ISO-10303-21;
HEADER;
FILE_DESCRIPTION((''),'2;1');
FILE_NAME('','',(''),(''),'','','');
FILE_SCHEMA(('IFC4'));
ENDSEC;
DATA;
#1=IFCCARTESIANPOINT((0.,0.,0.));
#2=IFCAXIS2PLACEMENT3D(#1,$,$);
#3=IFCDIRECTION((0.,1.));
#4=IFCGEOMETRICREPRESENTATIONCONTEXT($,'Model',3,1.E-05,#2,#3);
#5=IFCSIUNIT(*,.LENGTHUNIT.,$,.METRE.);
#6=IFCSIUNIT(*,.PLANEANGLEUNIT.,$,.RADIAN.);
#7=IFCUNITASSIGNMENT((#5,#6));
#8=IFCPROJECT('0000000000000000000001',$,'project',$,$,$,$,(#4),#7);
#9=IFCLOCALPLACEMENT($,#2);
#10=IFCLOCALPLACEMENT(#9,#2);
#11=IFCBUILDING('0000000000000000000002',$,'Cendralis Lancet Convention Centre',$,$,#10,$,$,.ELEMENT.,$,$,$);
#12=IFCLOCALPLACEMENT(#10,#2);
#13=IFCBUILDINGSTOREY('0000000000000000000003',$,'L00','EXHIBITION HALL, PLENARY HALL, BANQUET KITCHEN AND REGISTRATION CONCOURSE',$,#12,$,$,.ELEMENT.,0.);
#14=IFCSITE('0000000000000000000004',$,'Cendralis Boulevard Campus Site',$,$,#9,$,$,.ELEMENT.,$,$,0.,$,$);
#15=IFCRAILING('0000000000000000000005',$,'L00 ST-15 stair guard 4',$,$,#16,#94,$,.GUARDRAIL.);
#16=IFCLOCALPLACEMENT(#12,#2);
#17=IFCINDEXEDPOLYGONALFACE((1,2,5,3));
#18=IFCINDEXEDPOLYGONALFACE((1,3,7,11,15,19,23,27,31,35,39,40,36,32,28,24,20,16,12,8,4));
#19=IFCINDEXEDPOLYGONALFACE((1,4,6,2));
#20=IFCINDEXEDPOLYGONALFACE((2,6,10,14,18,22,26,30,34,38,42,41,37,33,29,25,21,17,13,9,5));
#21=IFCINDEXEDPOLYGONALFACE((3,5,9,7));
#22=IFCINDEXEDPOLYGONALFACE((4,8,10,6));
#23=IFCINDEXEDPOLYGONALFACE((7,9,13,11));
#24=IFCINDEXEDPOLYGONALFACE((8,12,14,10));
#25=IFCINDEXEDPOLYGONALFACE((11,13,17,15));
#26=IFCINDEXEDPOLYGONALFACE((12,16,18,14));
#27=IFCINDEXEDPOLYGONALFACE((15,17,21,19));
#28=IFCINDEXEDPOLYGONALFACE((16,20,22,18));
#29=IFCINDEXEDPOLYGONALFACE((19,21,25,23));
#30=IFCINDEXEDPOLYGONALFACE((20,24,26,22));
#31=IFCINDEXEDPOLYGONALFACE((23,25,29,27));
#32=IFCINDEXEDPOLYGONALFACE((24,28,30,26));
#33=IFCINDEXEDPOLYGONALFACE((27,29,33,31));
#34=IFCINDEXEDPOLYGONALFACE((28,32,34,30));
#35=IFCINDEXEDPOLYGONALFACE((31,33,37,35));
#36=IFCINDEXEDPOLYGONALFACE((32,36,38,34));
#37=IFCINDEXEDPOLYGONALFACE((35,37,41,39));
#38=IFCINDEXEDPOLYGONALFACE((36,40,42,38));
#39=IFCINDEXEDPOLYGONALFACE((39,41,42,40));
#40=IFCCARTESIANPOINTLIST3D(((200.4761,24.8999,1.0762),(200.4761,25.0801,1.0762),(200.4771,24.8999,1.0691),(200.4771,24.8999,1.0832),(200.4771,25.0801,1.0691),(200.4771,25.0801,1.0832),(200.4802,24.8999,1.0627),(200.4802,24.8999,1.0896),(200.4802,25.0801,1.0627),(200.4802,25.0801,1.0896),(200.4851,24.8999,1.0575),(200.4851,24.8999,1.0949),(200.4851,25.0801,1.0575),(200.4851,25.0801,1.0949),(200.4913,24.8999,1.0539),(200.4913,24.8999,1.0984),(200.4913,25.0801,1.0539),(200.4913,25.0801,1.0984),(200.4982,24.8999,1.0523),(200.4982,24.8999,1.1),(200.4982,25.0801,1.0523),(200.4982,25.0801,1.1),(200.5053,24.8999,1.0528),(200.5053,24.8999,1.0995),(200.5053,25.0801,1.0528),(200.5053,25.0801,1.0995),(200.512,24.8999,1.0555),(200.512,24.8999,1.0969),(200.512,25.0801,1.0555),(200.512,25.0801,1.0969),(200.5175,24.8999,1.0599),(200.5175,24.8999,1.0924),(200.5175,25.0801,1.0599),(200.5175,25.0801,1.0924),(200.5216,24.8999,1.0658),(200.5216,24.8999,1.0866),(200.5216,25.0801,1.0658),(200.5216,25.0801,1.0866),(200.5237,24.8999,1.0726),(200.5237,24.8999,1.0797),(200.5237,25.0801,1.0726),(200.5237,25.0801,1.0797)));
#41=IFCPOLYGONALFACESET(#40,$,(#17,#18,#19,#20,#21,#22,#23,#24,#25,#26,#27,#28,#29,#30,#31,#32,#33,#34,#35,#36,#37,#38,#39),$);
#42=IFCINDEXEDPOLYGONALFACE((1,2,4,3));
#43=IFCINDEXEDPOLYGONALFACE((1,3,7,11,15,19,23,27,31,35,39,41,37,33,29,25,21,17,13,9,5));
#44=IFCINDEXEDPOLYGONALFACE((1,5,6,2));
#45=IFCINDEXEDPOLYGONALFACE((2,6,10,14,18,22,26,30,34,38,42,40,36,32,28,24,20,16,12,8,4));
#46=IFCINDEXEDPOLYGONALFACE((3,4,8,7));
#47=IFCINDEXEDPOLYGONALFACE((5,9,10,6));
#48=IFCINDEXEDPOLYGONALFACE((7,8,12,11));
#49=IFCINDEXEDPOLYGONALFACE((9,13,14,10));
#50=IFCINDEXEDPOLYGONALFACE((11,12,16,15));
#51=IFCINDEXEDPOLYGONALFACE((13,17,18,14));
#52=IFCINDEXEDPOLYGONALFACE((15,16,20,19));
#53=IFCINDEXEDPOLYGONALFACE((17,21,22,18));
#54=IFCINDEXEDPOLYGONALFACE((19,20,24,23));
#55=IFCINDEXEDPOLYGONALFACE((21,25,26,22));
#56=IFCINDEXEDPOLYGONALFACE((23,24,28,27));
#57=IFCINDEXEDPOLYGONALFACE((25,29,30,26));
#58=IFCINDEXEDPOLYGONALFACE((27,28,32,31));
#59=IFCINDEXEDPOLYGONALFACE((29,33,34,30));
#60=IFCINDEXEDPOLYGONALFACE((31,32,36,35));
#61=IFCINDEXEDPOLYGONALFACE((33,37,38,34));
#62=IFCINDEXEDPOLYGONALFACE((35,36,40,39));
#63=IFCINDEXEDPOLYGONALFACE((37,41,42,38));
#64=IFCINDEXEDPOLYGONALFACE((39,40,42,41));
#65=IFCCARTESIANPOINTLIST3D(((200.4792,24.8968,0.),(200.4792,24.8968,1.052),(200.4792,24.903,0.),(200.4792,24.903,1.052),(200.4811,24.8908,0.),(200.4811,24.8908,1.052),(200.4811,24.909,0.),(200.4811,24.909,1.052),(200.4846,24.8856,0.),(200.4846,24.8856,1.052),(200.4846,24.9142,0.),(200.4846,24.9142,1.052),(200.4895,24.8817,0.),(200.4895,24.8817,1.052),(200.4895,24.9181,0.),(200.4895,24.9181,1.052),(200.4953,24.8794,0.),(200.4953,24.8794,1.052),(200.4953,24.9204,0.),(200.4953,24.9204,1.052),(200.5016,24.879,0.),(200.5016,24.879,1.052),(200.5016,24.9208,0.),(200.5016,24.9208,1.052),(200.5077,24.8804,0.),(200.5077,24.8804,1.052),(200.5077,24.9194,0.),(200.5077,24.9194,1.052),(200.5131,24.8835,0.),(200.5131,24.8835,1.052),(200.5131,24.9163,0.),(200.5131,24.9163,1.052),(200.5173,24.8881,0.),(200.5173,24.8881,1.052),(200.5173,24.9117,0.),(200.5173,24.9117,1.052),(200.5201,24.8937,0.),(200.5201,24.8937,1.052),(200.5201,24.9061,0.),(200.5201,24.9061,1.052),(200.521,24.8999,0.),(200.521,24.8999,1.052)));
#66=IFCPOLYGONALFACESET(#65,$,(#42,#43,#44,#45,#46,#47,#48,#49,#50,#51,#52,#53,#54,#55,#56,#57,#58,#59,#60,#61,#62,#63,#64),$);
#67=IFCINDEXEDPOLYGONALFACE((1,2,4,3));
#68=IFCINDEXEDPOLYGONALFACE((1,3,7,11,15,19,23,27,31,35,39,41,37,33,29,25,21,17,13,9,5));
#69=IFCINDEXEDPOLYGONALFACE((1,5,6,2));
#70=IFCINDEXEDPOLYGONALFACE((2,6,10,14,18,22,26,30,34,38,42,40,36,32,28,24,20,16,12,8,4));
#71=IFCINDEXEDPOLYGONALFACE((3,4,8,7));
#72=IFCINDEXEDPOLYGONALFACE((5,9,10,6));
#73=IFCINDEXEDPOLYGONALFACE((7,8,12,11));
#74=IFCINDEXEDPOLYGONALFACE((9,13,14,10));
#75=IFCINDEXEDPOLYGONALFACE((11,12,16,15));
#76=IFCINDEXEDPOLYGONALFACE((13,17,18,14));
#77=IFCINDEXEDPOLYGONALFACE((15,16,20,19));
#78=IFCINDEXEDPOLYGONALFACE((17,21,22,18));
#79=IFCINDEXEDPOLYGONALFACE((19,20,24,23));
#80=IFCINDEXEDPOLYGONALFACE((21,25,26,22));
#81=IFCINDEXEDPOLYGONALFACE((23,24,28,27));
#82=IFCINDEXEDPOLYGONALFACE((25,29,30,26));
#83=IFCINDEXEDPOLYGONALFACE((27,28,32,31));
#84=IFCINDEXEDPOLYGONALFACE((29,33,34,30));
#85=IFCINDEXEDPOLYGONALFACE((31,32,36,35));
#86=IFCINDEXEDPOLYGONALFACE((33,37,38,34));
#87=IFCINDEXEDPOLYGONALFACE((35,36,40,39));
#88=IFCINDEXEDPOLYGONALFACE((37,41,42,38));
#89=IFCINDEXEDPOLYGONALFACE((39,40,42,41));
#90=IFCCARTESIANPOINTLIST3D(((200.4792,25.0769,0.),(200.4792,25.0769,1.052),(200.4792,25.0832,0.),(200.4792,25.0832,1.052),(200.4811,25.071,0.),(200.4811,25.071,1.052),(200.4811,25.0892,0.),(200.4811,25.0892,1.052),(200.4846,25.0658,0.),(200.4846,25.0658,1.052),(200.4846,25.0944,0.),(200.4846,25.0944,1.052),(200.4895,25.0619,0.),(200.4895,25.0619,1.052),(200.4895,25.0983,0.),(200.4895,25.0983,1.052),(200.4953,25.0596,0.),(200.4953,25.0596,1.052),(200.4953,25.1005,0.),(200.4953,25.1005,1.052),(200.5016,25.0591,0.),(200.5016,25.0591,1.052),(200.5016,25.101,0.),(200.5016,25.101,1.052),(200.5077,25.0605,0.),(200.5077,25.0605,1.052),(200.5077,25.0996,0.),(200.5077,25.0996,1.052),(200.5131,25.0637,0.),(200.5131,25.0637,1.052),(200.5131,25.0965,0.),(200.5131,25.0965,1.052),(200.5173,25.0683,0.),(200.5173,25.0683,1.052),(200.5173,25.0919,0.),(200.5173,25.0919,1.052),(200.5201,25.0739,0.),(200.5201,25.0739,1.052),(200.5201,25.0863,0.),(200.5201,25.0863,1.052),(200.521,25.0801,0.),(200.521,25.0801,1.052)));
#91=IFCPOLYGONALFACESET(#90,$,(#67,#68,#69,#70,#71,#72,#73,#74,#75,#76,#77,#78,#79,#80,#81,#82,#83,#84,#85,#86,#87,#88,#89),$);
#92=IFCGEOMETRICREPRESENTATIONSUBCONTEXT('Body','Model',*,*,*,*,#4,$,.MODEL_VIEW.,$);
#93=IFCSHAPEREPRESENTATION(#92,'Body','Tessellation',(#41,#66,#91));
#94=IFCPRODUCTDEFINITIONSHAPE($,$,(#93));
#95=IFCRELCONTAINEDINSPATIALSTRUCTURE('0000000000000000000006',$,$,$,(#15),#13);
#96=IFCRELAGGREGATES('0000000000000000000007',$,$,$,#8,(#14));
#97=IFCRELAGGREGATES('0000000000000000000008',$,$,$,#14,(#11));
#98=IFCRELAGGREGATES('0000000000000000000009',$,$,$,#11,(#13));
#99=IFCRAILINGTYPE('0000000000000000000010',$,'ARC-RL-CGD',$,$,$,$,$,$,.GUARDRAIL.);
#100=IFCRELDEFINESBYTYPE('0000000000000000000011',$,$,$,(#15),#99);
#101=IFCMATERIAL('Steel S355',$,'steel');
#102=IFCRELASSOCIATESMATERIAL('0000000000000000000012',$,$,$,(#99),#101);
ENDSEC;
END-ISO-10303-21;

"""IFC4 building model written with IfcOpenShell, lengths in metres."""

from ifc_helpers import new_model, si_unit, direction, frame, origin, origin_2d, place, context, subcontext, project, spatial, circle, extrude, material, type_object, element, save


model = new_model("IFC4")

# Units and contexts
model_context = context("Model", 3, precision=1e-05, world=origin(), true_north=direction((0.0, 1.0)))
body_context = subcontext(model_context, "Body", "Model", "MODEL_VIEW")
ifc_project = project(units=[si_unit("LENGTHUNIT", "METRE"), si_unit("PLANEANGLEUNIT", "RADIAN")], contexts=[model_context])

# Site, building, storey
site_placement = place(None, origin())
site = spatial("IfcSite", under=ifc_project, at=site_placement, Name="Cendralis Boulevard Campus Site", CompositionType="ELEMENT", RefElevation=0.0)
building_placement = place(site_placement, origin())
building = spatial("IfcBuilding", under=site, at=building_placement, Name="Cendralis Lancet Convention Centre", CompositionType="ELEMENT")
storey_placement = place(building_placement, origin())
storey = spatial("IfcBuildingStorey", under=building, at=storey_placement, Name="L00", Description="EXHIBITION HALL, PLENARY HALL, BANQUET KITCHEN AND REGISTRATION CONCOURSE", CompositionType="ELEMENT", Elevation=0.0)

# Shared definitions
ifc_material_1 = material(Name="Steel S355", Category="steel")

# Railing
railing_type_1 = type_object("IfcRailingType", Name="ARC-RL-CGD", PredefinedType="GUARDRAIL", material=ifc_material_1)
railing_1_placement = place(storey_placement, frame((200.5, 24.8999, 0.0)))
element("IfcRailing", 1, at=railing_1_placement, inside=storey, type_object=railing_type_1, Name="L00 ST-15 stair guard 4", PredefinedType="GUARDRAIL", context=body_context, shape_type="SweptSolid", body=[
    extrude(circle(Radius=0.0239, at=origin_2d()), frame((0.0, 0.0, 1.0762), z_axis=(0.0, 1.0, 0.0), x_axis=(-1.0, 0.0, 0.0)), (0.0, 0.0, 1.0), 0.1802),
    extrude(circle(Radius=0.021, at=origin_2d()), origin(), (0.0, 0.0, 1.0), 1.052),
    extrude(circle(Radius=0.021, at=origin_2d()), frame((0.0, 0.1802, 0.0)), (0.0, 0.0, 1.0), 1.052),
])

save(model, "model.ifc")
